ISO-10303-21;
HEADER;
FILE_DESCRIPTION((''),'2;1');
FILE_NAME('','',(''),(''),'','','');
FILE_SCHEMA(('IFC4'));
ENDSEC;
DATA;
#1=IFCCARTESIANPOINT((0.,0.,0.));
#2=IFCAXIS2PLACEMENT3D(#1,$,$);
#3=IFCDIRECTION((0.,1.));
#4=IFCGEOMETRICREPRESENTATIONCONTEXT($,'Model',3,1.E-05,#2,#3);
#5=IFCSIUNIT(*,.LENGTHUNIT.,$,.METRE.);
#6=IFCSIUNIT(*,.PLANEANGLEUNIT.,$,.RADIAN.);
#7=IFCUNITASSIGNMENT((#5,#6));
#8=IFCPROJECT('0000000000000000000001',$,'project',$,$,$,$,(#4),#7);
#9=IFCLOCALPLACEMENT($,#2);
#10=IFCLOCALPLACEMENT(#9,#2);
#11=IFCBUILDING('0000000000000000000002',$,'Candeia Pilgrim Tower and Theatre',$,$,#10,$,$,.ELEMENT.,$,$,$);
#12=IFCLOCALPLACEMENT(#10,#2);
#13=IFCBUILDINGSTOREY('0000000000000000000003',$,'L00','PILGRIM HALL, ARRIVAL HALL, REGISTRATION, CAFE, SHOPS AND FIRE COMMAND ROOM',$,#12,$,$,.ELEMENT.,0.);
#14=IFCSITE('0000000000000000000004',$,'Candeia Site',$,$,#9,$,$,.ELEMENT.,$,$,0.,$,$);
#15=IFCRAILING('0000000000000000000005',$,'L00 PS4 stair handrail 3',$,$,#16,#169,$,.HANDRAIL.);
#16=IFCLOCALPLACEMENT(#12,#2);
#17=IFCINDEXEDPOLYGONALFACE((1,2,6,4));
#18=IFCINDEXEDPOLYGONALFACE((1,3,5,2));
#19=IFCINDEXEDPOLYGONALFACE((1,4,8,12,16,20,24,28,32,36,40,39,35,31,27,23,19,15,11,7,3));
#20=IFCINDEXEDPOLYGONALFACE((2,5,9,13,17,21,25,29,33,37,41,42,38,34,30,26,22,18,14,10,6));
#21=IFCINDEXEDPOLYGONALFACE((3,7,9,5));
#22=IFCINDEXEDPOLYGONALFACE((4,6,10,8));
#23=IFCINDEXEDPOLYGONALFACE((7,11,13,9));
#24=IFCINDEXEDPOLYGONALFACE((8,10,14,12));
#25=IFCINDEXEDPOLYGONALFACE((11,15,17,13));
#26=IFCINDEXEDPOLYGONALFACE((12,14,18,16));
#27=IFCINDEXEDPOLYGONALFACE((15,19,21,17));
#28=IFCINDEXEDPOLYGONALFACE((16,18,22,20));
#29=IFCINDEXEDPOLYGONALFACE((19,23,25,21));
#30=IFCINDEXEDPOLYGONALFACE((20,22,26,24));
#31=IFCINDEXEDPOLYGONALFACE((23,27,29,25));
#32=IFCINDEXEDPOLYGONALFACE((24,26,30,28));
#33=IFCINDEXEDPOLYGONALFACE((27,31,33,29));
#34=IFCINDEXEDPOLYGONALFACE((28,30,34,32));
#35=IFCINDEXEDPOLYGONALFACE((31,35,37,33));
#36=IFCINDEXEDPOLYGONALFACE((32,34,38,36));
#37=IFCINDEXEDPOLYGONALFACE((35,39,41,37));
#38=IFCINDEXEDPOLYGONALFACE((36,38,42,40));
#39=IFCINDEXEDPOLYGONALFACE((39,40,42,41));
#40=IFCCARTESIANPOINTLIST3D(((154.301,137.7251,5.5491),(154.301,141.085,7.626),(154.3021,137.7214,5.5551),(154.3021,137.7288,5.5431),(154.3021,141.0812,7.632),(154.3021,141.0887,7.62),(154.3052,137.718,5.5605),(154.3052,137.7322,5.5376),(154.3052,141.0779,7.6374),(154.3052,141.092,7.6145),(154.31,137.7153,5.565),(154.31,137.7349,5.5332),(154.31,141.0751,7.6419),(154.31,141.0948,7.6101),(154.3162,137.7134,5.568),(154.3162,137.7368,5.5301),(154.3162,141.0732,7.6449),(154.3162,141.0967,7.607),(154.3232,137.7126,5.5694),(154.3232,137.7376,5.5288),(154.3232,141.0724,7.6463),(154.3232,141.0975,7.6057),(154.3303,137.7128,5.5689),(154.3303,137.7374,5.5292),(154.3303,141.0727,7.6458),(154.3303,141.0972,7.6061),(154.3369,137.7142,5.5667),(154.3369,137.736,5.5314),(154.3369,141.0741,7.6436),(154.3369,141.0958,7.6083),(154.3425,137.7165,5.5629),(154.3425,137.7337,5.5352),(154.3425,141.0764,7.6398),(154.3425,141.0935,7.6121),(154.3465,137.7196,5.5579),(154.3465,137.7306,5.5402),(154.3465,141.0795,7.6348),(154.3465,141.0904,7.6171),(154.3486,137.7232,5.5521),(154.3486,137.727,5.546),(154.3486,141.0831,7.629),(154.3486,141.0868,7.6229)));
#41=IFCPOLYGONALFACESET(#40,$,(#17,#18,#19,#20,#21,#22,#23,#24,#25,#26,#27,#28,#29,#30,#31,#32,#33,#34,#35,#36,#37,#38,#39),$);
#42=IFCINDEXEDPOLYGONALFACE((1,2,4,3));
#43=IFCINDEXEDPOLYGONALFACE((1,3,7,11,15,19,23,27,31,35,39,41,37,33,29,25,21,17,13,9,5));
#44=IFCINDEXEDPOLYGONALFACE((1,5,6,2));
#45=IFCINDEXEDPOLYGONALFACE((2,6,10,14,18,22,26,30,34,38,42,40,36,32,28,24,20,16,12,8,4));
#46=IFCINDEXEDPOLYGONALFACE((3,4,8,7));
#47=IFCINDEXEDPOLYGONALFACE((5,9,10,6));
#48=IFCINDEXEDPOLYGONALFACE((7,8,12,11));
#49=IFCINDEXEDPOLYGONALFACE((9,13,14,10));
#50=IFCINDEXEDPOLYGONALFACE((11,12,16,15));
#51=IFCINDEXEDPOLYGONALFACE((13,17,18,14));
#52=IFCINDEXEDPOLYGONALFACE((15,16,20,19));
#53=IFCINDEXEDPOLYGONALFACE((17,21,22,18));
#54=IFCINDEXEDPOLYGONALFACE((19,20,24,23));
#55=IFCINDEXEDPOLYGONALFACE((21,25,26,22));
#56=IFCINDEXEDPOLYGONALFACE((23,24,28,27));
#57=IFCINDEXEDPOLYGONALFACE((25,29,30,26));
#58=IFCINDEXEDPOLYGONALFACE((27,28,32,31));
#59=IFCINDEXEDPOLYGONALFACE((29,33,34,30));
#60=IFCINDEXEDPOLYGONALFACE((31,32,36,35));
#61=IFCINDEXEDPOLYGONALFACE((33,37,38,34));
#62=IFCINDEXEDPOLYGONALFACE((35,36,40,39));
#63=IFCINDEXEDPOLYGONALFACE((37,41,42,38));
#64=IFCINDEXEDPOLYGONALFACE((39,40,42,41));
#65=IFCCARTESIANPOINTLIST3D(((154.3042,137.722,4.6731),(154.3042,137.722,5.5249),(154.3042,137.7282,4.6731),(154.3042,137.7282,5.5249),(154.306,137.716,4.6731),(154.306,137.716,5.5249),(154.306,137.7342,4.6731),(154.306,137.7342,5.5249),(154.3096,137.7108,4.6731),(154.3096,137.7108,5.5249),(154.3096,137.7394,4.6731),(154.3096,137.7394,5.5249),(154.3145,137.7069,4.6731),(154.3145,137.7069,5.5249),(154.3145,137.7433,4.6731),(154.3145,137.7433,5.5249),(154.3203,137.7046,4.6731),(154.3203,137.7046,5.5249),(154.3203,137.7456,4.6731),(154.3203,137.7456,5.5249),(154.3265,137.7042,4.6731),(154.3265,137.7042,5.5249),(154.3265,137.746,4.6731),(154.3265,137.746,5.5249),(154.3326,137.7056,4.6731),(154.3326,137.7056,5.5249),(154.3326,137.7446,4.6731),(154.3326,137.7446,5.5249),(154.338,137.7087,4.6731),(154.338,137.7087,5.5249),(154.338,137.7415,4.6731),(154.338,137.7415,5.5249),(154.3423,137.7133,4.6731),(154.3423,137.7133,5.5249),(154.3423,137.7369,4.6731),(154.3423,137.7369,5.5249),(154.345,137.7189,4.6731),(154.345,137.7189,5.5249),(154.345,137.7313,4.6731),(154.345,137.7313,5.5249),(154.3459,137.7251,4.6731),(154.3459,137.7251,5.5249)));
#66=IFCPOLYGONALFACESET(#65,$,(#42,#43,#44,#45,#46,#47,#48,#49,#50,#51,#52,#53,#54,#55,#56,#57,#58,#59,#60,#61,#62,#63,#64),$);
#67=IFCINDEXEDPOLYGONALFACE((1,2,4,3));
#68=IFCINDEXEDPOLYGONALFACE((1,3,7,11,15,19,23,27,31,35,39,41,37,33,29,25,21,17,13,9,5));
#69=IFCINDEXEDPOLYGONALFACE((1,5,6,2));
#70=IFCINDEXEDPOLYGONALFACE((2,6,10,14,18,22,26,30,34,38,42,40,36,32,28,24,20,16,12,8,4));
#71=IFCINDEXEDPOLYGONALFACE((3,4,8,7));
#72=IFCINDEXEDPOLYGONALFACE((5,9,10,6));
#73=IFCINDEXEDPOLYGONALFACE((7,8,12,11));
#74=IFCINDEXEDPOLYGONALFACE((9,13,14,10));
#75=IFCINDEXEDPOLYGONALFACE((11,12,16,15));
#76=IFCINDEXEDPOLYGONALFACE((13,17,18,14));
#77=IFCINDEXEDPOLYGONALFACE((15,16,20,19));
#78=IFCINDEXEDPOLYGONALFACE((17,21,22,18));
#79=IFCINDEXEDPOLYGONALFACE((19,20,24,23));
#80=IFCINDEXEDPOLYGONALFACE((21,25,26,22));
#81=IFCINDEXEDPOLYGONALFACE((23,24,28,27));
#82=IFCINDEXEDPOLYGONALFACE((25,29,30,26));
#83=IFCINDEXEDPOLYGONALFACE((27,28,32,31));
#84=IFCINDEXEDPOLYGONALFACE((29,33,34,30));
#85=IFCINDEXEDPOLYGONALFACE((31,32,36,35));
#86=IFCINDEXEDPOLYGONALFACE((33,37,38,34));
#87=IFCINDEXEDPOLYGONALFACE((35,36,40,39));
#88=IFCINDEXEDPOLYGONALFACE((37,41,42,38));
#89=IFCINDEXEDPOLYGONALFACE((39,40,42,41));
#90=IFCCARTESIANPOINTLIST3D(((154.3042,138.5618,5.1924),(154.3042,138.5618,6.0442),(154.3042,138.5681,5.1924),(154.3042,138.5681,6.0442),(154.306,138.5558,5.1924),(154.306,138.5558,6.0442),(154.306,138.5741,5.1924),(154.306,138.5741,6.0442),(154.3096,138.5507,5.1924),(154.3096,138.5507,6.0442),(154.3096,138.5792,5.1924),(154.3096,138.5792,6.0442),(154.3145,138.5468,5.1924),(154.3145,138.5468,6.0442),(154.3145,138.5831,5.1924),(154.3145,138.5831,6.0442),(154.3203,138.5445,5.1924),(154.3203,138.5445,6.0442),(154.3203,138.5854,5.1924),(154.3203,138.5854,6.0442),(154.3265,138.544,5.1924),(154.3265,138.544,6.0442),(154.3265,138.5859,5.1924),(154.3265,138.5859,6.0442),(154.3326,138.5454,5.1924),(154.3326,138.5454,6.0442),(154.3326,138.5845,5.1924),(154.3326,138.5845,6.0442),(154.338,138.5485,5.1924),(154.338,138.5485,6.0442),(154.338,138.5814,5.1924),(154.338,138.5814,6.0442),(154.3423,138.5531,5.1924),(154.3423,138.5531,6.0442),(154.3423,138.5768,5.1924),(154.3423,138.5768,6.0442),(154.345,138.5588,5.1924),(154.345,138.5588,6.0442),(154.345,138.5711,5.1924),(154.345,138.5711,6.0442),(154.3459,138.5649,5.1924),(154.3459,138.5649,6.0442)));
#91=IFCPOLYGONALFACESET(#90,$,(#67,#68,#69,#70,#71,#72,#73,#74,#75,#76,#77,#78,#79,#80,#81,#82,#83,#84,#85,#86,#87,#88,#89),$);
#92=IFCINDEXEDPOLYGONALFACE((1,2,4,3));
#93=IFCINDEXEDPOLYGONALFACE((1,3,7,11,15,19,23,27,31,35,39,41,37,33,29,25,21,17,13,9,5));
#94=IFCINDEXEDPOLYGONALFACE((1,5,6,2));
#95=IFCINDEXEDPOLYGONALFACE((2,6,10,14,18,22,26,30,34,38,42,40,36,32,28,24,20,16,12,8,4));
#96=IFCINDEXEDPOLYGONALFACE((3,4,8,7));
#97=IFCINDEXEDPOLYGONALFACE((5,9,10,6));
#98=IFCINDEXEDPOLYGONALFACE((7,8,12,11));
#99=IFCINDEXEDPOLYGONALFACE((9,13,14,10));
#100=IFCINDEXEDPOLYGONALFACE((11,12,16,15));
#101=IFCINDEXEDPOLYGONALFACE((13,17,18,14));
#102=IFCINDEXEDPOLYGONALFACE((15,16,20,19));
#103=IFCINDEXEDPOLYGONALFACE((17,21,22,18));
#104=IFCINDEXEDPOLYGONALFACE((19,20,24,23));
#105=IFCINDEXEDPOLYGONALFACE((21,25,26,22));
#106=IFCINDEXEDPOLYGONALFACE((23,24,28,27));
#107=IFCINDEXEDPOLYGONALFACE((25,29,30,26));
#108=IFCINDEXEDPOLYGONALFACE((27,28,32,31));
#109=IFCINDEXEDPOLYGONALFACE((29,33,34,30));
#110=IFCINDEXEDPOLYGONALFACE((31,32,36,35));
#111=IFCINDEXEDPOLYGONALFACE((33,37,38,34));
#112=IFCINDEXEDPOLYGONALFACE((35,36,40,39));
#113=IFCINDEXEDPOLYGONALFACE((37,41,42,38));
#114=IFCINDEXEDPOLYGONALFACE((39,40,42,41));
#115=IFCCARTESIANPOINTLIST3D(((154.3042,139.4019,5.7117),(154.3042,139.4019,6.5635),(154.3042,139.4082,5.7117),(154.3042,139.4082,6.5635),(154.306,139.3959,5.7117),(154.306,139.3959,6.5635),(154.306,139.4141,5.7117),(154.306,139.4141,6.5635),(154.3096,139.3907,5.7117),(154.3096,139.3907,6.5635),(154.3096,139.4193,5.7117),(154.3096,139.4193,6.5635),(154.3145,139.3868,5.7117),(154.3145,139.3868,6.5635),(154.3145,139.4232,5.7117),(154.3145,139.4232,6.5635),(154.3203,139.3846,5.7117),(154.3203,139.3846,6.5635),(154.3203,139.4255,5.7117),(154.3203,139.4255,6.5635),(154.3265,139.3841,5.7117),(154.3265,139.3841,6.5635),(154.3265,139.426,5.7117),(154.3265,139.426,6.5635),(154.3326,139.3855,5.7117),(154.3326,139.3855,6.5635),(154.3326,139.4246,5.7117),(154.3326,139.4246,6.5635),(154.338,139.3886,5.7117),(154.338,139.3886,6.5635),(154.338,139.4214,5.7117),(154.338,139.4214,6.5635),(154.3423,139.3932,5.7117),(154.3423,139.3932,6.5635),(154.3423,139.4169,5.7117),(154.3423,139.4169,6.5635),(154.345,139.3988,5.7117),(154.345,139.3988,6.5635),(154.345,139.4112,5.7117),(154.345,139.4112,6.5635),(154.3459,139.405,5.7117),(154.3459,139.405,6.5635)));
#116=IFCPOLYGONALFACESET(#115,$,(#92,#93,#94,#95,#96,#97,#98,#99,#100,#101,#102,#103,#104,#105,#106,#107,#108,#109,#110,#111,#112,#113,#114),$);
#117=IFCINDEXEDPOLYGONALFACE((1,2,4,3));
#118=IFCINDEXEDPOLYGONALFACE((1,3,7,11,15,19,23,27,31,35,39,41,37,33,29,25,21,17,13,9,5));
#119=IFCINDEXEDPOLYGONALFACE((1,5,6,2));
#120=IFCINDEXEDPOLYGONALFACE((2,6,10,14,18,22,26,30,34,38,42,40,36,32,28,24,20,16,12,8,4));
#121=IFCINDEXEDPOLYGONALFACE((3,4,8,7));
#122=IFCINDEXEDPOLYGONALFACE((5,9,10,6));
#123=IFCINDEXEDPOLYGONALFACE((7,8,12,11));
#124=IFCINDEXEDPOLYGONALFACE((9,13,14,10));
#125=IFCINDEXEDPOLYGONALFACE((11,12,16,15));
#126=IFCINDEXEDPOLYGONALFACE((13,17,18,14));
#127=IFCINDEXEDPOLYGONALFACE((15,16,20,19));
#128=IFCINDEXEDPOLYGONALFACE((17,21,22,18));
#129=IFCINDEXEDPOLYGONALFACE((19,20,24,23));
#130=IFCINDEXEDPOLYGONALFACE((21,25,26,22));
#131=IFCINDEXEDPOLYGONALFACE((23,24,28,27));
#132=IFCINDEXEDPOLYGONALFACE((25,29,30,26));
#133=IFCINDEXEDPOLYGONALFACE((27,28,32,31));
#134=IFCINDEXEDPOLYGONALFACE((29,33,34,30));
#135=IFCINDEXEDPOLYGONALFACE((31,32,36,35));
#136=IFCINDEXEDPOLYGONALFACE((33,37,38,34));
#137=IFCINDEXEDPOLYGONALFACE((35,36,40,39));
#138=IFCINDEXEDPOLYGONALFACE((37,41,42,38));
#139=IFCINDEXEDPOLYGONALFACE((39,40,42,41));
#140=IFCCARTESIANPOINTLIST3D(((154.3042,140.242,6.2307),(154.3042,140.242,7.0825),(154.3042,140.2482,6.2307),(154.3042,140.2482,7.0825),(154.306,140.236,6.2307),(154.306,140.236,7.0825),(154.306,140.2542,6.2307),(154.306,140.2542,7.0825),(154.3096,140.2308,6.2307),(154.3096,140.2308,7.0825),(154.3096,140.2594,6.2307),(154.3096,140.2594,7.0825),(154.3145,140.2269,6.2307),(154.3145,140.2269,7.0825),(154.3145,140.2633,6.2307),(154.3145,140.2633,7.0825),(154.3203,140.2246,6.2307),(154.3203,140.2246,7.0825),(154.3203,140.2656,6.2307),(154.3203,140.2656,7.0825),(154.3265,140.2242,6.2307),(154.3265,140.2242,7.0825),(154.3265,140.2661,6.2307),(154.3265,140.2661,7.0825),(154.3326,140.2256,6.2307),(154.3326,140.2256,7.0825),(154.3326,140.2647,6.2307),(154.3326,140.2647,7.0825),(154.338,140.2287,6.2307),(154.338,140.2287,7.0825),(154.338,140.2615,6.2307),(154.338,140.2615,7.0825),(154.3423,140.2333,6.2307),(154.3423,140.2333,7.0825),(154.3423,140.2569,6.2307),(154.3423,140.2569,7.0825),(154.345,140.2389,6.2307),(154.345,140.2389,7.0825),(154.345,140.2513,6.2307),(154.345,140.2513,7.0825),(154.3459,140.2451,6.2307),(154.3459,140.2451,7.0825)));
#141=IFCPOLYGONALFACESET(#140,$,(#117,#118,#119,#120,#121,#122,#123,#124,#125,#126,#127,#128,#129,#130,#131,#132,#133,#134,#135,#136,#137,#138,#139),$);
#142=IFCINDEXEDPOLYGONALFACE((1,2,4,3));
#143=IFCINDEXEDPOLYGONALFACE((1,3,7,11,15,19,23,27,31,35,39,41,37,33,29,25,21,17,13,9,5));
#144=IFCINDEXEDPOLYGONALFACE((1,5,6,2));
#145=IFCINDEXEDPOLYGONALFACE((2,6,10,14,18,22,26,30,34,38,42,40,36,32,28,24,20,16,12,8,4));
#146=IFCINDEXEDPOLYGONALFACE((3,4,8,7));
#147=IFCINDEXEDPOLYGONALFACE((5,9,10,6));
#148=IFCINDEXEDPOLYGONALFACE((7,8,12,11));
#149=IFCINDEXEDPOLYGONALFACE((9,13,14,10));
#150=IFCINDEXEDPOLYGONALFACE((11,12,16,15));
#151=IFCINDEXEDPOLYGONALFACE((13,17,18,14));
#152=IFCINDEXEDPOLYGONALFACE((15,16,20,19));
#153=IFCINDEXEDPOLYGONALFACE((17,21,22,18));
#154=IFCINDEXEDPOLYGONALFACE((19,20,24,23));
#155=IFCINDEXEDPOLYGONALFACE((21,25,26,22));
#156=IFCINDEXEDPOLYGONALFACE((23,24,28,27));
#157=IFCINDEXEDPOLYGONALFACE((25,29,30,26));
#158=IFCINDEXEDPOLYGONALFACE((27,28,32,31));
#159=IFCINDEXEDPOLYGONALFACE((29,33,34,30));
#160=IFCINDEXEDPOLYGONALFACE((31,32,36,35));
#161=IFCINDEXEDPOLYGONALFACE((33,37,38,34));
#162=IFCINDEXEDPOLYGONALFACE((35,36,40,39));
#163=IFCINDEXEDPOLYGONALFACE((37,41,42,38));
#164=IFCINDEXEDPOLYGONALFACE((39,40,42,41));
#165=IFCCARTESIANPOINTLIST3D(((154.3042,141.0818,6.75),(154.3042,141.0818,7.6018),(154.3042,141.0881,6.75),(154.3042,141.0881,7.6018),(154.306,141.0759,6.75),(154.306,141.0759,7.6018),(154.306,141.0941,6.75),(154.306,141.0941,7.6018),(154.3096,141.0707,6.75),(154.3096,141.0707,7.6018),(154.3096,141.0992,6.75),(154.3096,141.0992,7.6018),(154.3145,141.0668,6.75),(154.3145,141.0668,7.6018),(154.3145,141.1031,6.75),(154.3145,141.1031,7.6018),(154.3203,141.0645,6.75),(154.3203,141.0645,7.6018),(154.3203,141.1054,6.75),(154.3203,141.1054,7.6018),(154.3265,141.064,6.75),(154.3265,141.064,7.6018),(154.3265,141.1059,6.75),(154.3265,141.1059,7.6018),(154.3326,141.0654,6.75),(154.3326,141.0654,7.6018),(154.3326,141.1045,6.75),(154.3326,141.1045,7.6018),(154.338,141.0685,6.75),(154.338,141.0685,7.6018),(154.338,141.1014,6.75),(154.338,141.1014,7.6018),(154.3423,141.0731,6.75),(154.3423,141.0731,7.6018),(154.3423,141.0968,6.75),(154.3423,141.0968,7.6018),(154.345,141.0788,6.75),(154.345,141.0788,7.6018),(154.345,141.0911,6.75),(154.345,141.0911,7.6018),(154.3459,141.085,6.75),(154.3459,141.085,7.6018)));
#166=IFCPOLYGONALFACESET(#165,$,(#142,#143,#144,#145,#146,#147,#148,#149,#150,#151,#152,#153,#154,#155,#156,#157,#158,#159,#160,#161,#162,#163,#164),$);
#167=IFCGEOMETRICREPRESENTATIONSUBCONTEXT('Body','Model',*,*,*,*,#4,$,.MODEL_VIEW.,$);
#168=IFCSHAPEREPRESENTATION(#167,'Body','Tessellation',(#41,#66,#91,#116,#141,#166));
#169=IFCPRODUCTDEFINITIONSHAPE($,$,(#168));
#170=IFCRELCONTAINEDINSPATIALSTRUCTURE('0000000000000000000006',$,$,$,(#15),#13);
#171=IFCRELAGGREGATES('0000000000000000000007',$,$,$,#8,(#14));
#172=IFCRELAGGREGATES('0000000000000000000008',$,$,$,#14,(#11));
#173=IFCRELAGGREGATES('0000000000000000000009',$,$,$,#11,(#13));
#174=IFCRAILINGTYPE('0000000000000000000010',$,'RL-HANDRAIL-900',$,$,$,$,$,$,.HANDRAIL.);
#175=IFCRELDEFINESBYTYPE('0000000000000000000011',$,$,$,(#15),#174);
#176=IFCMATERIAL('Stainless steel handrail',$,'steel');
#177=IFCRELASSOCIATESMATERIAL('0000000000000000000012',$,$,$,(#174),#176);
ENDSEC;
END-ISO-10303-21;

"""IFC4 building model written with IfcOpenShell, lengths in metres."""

from ifc_helpers import new_model, si_unit, direction, frame, origin, origin_2d, place, context, subcontext, project, spatial, circle, extrude, material, type_object, element, save


model = new_model("IFC4")

# Units and contexts
model_context = context("Model", 3, precision=1e-05, world=origin(), true_north=direction((0.0, 1.0)))
body_context = subcontext(model_context, "Body", "Model", "MODEL_VIEW")
ifc_project = project(units=[si_unit("LENGTHUNIT", "METRE"), si_unit("PLANEANGLEUNIT", "RADIAN")], contexts=[model_context])

# Site, building, storey
site_placement = place(None, origin())
site = spatial("IfcSite", under=ifc_project, at=site_placement, Name="Candeia Site", CompositionType="ELEMENT", RefElevation=0.0)
building_placement = place(site_placement, origin())
building = spatial("IfcBuilding", under=site, at=building_placement, Name="Candeia Pilgrim Tower and Theatre", CompositionType="ELEMENT")
storey_placement = place(building_placement, origin())
storey = spatial("IfcBuildingStorey", under=building, at=storey_placement, Name="L00", Description="PILGRIM HALL, ARRIVAL HALL, REGISTRATION, CAFE, SHOPS AND FIRE COMMAND ROOM", CompositionType="ELEMENT", Elevation=0.0)

# Railing
ifc_material_1 = material(Name="Stainless steel handrail", Category="steel")
railing_type_1 = type_object("IfcRailingType", Name="RL-HANDRAIL-900", PredefinedType="HANDRAIL", material=ifc_material_1)
railing_1_placement = place(storey_placement, frame((154.325, 137.7251, 4.6731)))
element("IfcRailing", 1, at=railing_1_placement, inside=storey, type_object=railing_type_1, Name="L00 PS4 stair handrail 3", PredefinedType="HANDRAIL", context=body_context, shape_type="SweptSolid", body=[
    extrude(circle(Radius=0.0239, at=origin_2d()), frame((0.0, 0.0, 0.876), z_axis=(0.0, 0.850606, 0.525803), x_axis=(-1.0, 0.0, 0.0)), (0.0, 0.0, 1.0), 3.95),
    extrude(circle(Radius=0.021, at=origin_2d()), origin(), (0.0, 0.0, 1.0), 0.8518),
    extrude(circle(Radius=0.021, at=origin_2d()), frame((0.0, 0.8398, 0.5193)), (0.0, 0.0, 1.0), 0.8518),
    extrude(circle(Radius=0.021, at=origin_2d()), frame((0.0, 1.6799, 1.0386)), (0.0, 0.0, 1.0), 0.8518),
    extrude(circle(Radius=0.021, at=origin_2d()), frame((0.0, 2.52, 1.5576)), (0.0, 0.0, 1.0), 0.8518),
    extrude(circle(Radius=0.021, at=origin_2d()), frame((0.0, 3.3599, 2.0769)), (0.0, 0.0, 1.0), 0.8518),
])

save(model, "model.ifc")
